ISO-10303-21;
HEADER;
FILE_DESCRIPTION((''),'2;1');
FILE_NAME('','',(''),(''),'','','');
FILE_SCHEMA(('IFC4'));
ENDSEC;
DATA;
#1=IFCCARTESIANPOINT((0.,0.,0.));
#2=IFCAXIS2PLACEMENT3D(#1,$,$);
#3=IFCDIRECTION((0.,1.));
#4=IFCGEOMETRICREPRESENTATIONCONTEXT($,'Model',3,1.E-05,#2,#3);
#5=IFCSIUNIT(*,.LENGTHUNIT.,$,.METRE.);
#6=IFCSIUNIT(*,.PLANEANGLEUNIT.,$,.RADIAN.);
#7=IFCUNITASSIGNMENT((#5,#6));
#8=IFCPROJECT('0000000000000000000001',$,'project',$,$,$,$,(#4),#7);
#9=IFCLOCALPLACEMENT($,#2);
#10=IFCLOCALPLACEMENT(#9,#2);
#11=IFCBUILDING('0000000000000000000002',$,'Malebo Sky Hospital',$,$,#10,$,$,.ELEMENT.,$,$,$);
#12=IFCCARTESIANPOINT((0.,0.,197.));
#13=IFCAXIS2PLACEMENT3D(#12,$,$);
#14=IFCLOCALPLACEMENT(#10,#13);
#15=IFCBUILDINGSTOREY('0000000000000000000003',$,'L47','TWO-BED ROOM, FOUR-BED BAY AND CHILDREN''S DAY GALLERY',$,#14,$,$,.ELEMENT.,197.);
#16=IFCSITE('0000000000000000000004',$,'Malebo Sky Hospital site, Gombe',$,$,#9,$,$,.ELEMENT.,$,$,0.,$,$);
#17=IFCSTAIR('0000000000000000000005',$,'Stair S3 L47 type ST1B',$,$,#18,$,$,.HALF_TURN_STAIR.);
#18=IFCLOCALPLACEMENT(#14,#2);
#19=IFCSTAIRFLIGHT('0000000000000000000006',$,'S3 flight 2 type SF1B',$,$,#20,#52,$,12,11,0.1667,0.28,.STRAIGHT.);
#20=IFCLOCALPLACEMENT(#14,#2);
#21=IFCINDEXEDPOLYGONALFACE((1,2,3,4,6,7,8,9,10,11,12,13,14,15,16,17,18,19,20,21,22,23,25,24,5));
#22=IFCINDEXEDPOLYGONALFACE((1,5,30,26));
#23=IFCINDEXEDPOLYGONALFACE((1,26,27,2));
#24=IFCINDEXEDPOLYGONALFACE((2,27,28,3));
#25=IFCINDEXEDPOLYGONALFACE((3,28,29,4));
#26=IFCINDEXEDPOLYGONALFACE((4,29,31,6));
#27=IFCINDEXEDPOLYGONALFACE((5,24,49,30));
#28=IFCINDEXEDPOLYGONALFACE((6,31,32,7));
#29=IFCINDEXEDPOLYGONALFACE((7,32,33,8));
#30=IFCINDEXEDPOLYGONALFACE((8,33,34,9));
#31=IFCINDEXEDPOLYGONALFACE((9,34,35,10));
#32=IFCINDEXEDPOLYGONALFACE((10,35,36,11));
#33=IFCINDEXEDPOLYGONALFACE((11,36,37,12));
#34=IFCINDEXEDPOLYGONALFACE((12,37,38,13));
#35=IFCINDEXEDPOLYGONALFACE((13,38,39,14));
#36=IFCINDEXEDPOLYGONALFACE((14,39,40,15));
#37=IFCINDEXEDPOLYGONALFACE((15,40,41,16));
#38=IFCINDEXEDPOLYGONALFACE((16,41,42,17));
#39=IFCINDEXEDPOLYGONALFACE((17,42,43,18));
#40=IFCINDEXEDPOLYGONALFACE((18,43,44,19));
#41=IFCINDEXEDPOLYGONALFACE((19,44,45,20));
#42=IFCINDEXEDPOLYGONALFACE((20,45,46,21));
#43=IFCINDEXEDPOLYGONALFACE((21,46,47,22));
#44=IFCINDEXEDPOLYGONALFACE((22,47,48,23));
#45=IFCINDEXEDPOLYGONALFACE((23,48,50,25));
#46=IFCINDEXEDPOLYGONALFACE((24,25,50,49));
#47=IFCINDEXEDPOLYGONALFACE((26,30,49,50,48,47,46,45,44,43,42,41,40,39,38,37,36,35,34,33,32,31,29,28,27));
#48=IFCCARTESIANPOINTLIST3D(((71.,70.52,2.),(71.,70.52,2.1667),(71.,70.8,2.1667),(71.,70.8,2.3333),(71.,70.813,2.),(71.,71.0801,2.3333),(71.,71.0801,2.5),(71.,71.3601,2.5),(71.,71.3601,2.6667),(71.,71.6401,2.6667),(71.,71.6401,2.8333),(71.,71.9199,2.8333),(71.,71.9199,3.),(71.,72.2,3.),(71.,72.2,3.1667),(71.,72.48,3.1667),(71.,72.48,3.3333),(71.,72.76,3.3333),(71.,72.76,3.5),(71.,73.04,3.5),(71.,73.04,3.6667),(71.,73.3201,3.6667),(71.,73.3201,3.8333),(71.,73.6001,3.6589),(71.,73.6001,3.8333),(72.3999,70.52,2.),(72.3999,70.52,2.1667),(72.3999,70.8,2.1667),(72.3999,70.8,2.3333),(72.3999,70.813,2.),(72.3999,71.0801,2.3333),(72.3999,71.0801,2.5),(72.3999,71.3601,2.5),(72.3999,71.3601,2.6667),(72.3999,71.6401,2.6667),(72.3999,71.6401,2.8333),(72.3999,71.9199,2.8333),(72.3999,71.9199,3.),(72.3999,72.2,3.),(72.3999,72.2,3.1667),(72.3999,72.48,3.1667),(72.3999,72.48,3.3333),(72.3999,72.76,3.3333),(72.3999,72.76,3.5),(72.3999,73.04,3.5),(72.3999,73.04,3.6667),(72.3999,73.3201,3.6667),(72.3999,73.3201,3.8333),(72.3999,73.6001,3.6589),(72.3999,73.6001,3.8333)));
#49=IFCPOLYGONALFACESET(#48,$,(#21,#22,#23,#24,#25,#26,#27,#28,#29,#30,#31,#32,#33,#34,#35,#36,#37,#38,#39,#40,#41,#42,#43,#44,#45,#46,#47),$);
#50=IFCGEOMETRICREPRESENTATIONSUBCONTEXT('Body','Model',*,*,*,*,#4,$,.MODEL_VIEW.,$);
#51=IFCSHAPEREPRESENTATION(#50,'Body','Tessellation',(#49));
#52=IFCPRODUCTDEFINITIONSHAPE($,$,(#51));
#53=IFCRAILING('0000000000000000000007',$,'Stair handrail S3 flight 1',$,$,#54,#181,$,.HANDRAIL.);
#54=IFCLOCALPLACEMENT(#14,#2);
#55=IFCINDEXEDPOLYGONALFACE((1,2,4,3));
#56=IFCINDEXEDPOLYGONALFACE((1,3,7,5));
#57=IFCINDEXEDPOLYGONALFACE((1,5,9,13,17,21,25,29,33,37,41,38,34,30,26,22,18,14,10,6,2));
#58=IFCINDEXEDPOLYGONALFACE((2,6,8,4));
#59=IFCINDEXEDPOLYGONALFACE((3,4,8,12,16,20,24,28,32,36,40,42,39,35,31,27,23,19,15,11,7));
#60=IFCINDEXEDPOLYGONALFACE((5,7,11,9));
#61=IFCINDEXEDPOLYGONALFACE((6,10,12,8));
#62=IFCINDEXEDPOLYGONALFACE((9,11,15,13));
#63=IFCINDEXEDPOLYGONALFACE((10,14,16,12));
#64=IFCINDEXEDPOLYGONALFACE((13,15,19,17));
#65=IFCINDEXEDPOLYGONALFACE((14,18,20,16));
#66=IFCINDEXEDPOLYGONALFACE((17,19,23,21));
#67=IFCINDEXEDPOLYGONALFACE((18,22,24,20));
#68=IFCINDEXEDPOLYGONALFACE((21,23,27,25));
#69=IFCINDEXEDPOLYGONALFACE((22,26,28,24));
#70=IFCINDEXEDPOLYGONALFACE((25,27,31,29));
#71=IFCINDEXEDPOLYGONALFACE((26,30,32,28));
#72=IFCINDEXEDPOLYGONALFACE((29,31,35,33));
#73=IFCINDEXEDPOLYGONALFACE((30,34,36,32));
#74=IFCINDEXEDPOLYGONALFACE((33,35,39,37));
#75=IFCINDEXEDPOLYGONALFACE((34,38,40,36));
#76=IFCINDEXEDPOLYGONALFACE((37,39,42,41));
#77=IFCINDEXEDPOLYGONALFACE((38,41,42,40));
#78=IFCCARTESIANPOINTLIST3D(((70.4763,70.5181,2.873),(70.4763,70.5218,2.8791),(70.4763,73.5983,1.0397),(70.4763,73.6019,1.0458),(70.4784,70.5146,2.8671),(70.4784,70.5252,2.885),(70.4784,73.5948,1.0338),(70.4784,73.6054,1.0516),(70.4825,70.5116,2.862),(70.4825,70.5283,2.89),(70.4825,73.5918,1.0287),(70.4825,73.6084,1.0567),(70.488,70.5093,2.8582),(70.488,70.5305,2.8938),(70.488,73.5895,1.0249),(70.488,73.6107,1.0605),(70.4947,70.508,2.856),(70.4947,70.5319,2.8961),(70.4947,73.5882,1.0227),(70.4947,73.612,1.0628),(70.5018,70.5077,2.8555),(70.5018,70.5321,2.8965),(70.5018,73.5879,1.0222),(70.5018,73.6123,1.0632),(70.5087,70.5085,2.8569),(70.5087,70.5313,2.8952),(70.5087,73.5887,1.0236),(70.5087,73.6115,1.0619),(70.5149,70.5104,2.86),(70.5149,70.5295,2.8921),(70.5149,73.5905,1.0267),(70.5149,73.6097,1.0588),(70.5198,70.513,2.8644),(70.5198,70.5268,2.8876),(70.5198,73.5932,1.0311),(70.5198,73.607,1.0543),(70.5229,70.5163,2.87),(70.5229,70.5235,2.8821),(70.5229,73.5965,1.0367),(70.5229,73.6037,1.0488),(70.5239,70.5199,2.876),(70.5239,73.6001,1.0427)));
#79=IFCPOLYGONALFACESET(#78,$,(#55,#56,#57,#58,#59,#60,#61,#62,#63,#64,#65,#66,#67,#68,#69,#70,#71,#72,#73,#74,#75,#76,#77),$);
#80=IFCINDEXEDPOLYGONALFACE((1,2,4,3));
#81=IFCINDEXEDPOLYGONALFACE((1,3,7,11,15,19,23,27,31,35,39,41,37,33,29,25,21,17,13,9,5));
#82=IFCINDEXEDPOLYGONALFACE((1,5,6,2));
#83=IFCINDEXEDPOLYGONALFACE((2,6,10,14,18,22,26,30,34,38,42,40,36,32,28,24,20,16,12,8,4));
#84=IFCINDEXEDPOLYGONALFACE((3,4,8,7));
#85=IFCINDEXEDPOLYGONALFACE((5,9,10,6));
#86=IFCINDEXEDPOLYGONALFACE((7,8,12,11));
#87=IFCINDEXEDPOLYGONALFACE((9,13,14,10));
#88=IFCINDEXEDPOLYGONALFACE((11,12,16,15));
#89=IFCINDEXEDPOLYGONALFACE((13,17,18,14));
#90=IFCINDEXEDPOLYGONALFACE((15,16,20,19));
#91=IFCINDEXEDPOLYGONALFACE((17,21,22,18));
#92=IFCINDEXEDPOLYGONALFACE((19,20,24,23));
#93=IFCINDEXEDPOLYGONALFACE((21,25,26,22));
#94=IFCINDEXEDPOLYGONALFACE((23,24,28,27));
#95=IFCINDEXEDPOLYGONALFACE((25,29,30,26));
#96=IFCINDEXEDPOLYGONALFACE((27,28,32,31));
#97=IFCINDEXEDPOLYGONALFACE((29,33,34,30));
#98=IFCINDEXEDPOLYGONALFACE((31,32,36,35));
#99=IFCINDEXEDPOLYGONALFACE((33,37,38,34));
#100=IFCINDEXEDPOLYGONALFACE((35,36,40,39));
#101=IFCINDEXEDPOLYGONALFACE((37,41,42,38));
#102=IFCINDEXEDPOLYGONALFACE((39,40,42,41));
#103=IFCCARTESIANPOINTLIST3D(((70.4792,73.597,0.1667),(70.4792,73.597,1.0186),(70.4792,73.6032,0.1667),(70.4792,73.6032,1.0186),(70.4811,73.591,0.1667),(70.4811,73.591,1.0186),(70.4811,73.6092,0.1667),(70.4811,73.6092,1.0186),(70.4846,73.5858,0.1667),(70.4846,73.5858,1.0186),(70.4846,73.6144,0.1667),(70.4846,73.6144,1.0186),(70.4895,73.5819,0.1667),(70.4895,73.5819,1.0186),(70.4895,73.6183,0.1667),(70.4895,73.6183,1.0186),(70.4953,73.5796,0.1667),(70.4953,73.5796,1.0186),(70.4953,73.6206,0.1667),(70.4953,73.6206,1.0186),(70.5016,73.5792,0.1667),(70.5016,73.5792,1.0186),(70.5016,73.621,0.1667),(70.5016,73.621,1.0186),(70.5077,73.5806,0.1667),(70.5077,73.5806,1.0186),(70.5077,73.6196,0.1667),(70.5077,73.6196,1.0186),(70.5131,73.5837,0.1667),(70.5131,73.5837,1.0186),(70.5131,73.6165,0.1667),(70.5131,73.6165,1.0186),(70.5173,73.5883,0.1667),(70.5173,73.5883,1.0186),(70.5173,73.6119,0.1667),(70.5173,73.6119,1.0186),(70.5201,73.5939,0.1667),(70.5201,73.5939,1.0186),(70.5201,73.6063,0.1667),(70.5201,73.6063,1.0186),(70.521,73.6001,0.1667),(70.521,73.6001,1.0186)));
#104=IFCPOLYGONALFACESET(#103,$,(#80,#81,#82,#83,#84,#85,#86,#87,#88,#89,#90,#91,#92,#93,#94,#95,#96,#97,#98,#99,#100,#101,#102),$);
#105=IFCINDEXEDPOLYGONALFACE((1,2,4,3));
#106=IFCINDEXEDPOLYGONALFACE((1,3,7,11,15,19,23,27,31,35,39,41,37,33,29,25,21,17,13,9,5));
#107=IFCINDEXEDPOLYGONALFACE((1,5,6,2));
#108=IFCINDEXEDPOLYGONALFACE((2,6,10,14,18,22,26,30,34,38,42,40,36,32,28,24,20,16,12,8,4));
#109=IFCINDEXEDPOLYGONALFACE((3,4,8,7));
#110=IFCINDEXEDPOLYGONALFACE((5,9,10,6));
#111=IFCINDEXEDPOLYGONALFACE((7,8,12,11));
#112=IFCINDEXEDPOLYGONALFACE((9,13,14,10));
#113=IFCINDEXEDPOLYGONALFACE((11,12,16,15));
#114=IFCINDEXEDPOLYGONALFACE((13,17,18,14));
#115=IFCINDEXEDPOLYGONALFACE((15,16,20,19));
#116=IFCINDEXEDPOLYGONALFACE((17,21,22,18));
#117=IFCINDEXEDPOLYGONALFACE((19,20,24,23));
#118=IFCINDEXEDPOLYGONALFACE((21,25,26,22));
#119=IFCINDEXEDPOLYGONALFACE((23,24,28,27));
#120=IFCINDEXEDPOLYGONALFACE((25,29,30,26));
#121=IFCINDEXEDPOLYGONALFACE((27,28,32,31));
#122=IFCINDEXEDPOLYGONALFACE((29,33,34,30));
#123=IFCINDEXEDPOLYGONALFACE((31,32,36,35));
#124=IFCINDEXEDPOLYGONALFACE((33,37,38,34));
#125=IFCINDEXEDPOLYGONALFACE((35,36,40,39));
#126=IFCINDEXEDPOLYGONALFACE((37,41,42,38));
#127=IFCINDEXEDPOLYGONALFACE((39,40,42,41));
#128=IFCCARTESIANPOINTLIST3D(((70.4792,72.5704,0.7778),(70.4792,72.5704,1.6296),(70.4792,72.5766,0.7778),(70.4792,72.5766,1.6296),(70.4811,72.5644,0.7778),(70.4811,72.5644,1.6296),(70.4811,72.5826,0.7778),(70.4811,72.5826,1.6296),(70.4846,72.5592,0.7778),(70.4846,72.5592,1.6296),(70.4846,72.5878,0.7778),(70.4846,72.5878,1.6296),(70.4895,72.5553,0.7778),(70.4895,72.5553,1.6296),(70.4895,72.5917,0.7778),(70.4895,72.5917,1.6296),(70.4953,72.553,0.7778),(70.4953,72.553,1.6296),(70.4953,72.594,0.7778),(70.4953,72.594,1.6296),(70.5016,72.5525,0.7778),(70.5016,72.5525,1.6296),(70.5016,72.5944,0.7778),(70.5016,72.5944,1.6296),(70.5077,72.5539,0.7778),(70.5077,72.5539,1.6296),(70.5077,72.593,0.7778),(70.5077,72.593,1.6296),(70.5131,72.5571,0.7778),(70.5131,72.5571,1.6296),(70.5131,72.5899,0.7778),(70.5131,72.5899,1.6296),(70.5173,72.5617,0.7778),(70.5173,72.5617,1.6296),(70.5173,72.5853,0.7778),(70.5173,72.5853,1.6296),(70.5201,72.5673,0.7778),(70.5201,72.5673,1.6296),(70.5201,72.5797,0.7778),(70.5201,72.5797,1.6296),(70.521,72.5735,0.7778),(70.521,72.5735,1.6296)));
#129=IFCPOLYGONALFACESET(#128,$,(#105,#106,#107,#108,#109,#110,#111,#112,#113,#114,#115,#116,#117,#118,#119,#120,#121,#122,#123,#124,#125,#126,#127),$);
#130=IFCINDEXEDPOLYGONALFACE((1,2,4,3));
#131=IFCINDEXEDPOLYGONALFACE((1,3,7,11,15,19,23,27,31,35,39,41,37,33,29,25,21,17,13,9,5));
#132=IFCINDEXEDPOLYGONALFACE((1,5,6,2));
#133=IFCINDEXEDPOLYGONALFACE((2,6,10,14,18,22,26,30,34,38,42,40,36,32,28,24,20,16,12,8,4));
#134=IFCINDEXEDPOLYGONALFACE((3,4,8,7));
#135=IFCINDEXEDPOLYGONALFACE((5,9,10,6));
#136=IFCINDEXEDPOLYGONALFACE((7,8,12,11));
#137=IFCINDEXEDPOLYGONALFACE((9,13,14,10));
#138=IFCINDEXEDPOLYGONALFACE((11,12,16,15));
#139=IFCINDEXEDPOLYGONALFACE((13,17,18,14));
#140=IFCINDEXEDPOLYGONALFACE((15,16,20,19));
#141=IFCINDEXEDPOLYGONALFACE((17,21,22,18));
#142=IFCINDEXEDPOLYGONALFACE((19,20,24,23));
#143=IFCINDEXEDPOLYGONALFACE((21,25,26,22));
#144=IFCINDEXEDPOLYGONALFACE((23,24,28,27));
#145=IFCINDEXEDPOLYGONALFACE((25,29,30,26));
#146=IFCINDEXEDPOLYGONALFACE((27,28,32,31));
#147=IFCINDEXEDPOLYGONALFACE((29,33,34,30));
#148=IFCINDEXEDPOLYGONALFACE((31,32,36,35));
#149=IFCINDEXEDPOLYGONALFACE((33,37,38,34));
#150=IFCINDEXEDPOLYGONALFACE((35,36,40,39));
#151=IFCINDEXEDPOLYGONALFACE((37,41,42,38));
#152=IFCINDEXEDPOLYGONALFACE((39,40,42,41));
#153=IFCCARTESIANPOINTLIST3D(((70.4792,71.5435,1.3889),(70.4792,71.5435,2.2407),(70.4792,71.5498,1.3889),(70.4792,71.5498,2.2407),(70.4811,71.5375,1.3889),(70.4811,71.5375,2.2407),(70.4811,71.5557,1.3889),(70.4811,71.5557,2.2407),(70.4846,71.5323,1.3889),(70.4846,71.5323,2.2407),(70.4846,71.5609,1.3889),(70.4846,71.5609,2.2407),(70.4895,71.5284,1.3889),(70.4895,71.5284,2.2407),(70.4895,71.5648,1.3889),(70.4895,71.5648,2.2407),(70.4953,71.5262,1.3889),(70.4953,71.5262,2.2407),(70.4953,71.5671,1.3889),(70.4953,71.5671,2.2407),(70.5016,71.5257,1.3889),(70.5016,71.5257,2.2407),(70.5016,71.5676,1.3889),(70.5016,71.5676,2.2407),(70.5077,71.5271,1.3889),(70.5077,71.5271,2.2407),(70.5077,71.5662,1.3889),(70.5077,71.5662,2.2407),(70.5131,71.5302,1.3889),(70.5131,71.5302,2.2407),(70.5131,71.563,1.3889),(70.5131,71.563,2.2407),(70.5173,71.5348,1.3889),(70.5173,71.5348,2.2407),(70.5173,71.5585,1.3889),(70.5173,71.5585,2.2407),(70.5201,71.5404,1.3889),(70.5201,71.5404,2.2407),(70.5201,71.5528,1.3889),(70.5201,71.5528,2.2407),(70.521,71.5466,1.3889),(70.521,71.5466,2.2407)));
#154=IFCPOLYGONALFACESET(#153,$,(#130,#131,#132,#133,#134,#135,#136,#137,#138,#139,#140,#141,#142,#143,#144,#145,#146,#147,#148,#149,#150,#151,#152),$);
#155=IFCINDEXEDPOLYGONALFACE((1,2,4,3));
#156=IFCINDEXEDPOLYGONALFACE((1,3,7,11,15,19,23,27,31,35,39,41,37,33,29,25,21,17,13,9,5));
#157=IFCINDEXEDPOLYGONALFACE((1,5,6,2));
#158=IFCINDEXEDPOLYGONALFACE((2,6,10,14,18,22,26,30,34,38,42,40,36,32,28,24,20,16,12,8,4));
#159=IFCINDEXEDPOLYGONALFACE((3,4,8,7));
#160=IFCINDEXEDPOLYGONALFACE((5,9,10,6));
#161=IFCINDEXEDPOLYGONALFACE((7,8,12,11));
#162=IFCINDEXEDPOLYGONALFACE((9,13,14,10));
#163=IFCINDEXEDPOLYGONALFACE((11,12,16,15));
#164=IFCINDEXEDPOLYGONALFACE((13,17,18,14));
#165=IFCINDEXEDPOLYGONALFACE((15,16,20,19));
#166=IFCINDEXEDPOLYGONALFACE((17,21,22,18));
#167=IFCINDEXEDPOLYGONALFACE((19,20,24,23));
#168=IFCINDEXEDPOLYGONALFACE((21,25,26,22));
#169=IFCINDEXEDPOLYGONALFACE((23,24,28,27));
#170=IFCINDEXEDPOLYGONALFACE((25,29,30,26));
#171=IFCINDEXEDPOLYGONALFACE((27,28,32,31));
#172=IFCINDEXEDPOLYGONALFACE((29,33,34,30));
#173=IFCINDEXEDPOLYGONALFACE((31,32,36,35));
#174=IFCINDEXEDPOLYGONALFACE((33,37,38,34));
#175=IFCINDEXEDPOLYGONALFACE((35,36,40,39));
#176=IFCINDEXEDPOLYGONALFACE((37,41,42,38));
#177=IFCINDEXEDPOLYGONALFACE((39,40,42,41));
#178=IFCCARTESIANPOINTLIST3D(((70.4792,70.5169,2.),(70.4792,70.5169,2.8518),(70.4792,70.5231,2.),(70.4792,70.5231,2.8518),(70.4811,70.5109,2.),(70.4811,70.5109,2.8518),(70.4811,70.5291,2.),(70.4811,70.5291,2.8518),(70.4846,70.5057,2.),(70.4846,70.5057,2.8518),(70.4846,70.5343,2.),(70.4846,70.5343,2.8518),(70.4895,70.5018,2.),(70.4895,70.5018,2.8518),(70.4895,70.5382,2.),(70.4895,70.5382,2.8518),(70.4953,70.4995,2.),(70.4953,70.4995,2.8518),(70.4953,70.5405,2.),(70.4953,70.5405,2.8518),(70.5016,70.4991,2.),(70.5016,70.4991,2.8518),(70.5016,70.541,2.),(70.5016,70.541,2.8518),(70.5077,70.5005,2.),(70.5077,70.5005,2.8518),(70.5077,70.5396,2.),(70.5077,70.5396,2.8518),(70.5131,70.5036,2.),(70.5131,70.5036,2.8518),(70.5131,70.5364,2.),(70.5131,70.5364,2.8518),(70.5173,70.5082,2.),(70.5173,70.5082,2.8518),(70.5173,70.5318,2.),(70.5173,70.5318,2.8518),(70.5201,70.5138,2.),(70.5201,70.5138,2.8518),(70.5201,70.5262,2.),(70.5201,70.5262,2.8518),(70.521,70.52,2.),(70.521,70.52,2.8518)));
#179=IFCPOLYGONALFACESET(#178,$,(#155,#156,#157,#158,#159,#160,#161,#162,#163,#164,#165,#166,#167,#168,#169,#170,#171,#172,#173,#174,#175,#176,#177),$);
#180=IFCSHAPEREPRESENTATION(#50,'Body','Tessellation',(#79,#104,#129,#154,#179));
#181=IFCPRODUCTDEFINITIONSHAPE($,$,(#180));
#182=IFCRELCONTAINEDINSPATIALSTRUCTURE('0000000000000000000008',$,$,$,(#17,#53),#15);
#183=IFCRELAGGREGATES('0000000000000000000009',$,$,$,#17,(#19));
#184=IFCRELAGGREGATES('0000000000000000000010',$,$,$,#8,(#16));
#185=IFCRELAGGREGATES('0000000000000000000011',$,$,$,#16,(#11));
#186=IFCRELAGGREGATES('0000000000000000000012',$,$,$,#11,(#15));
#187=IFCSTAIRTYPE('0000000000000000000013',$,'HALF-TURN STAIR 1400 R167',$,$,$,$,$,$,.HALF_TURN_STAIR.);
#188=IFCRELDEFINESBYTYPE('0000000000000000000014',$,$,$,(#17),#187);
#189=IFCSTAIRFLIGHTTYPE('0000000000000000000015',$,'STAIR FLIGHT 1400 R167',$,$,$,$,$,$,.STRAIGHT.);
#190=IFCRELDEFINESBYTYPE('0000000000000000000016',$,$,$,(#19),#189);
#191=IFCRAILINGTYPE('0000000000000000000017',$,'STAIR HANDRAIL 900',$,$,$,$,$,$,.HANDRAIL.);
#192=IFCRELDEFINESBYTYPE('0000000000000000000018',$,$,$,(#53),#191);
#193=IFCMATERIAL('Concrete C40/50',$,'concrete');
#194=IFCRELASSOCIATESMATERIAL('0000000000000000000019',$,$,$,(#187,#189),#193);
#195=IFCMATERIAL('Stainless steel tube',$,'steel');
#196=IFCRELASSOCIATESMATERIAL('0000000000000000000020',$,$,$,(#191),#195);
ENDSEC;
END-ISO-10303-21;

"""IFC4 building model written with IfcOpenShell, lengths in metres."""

from ifc_helpers import new_model, si_unit, direction, frame, origin, origin_2d, place, context, subcontext, project, spatial, polyline, circle, outline, extrude, material, type_object, element, aggregate, save


model = new_model("IFC4")

# Units and contexts
model_context = context("Model", 3, precision=1e-05, world=origin(), true_north=direction((0.0, 1.0)))
body_context = subcontext(model_context, "Body", "Model", "MODEL_VIEW")
ifc_project = project(units=[si_unit("LENGTHUNIT", "METRE"), si_unit("PLANEANGLEUNIT", "RADIAN")], contexts=[model_context])

# Site, building, storey
site_placement = place(None, origin())
site = spatial("IfcSite", under=ifc_project, at=site_placement, Name="Malebo Sky Hospital site, Gombe", CompositionType="ELEMENT", RefElevation=0.0)
building_placement = place(site_placement, origin())
building = spatial("IfcBuilding", under=site, at=building_placement, Name="Malebo Sky Hospital", CompositionType="ELEMENT")
storey_placement = place(building_placement, frame((0.0, 0.0, 197.0)))
storey = spatial("IfcBuildingStorey", under=building, at=storey_placement, Name="L47", Description="TWO-BED ROOM, FOUR-BED BAY AND CHILDREN'S DAY GALLERY", CompositionType="ELEMENT", Elevation=197.0)

# Shared definitions
ifc_material_1 = material(Name="Concrete C40/50", Category="concrete")

# Stair, stair flight
stair_type = type_object("IfcStairType", Name="HALF-TURN STAIR 1400 R167", PredefinedType="HALF_TURN_STAIR", material=ifc_material_1)
stair_placement = place(storey_placement, origin())
stair = element("IfcStair", 1, at=stair_placement, inside=storey, type_object=stair_type, Name="Stair S3 L47 type ST1B", PredefinedType="HALF_TURN_STAIR")
stair_flight_type = type_object("IfcStairFlightType", Name="STAIR FLIGHT 1400 R167", PredefinedType="STRAIGHT", material=ifc_material_1)
stair_flight_1_placement = place(storey_placement, frame((71.7, 70.52, 2.0), z_axis=(0.0, 0.0, 1.0), x_axis=(0.0, 1.0, 0.0)))
stair_flight_1 = element("IfcStairFlight", 2, at=stair_flight_1_placement, type_object=stair_flight_type, Name="S3 flight 2 type SF1B", NumberOfRisers=12, NumberOfTreads=11, PredefinedType="STRAIGHT", RiserHeight=0.1667, TreadLength=0.28, context=body_context, shape_type="SweptSolid", body=[
    extrude(outline(polyline([(0.0, 0.0), (0.0, 0.1667), (0.28, 0.1667), (0.28, 0.3333), (0.5601, 0.3333), (0.5601, 0.5), (0.8401, 0.5), (0.8401, 0.6667), (1.1201, 0.6667), (1.1201, 0.8333), (1.3999, 0.8333), (1.3999, 1.0), (1.6799, 1.0), (1.6799, 1.1667), (1.96, 1.1667), (1.96, 1.3333), (2.24, 1.3333), (2.24, 1.5), (2.52, 1.5), (2.52, 1.6667), (2.8, 1.6667), (2.8, 1.8333), (3.0801, 1.8333), (3.0801, 2.0), (3.0801, 1.6589), (0.293, 0.0), (0.0, 0.0)])), frame((0.0, 0.7, 0.0), z_axis=(0.0, -1.0, 0.0), x_axis=(1.0, 0.0, 0.0)), (0.0, 0.0, 1.0), 1.3999),
])
aggregate(stair, [stair_flight_1])

# Railing
ifc_material_2 = material(Name="Stainless steel tube", Category="steel")
railing_type = type_object("IfcRailingType", Name="STAIR HANDRAIL 900", PredefinedType="HANDRAIL", material=ifc_material_2)
railing_1_placement = place(storey_placement, frame((70.5, 73.6001, 0.1667)))
element("IfcRailing", 3, at=railing_1_placement, inside=storey, type_object=railing_type, Name="Stair handrail S3 flight 1", PredefinedType="HANDRAIL", context=body_context, shape_type="SweptSolid", body=[
    extrude(circle(Radius=0.0239, at=origin_2d()), frame((0.0, 0.0, 0.876), z_axis=(0.0, -0.859309, 0.511458), x_axis=(1.0, 0.0, 0.0)), (0.0, 0.0, 1.0), 3.5845),
    extrude(circle(Radius=0.021, at=origin_2d()), origin(), (0.0, 0.0, 1.0), 0.8518),
    extrude(circle(Radius=0.021, at=origin_2d()), frame((0.0, -1.0266, 0.6111)), (0.0, 0.0, 1.0), 0.8518),
    extrude(circle(Radius=0.021, at=origin_2d()), frame((0.0, -2.0535, 1.2222)), (0.0, 0.0, 1.0), 0.8518),
    extrude(circle(Radius=0.021, at=origin_2d()), frame((0.0, -3.0801, 1.8333)), (0.0, 0.0, 1.0), 0.8518),
])

save(model, "model.ifc")
